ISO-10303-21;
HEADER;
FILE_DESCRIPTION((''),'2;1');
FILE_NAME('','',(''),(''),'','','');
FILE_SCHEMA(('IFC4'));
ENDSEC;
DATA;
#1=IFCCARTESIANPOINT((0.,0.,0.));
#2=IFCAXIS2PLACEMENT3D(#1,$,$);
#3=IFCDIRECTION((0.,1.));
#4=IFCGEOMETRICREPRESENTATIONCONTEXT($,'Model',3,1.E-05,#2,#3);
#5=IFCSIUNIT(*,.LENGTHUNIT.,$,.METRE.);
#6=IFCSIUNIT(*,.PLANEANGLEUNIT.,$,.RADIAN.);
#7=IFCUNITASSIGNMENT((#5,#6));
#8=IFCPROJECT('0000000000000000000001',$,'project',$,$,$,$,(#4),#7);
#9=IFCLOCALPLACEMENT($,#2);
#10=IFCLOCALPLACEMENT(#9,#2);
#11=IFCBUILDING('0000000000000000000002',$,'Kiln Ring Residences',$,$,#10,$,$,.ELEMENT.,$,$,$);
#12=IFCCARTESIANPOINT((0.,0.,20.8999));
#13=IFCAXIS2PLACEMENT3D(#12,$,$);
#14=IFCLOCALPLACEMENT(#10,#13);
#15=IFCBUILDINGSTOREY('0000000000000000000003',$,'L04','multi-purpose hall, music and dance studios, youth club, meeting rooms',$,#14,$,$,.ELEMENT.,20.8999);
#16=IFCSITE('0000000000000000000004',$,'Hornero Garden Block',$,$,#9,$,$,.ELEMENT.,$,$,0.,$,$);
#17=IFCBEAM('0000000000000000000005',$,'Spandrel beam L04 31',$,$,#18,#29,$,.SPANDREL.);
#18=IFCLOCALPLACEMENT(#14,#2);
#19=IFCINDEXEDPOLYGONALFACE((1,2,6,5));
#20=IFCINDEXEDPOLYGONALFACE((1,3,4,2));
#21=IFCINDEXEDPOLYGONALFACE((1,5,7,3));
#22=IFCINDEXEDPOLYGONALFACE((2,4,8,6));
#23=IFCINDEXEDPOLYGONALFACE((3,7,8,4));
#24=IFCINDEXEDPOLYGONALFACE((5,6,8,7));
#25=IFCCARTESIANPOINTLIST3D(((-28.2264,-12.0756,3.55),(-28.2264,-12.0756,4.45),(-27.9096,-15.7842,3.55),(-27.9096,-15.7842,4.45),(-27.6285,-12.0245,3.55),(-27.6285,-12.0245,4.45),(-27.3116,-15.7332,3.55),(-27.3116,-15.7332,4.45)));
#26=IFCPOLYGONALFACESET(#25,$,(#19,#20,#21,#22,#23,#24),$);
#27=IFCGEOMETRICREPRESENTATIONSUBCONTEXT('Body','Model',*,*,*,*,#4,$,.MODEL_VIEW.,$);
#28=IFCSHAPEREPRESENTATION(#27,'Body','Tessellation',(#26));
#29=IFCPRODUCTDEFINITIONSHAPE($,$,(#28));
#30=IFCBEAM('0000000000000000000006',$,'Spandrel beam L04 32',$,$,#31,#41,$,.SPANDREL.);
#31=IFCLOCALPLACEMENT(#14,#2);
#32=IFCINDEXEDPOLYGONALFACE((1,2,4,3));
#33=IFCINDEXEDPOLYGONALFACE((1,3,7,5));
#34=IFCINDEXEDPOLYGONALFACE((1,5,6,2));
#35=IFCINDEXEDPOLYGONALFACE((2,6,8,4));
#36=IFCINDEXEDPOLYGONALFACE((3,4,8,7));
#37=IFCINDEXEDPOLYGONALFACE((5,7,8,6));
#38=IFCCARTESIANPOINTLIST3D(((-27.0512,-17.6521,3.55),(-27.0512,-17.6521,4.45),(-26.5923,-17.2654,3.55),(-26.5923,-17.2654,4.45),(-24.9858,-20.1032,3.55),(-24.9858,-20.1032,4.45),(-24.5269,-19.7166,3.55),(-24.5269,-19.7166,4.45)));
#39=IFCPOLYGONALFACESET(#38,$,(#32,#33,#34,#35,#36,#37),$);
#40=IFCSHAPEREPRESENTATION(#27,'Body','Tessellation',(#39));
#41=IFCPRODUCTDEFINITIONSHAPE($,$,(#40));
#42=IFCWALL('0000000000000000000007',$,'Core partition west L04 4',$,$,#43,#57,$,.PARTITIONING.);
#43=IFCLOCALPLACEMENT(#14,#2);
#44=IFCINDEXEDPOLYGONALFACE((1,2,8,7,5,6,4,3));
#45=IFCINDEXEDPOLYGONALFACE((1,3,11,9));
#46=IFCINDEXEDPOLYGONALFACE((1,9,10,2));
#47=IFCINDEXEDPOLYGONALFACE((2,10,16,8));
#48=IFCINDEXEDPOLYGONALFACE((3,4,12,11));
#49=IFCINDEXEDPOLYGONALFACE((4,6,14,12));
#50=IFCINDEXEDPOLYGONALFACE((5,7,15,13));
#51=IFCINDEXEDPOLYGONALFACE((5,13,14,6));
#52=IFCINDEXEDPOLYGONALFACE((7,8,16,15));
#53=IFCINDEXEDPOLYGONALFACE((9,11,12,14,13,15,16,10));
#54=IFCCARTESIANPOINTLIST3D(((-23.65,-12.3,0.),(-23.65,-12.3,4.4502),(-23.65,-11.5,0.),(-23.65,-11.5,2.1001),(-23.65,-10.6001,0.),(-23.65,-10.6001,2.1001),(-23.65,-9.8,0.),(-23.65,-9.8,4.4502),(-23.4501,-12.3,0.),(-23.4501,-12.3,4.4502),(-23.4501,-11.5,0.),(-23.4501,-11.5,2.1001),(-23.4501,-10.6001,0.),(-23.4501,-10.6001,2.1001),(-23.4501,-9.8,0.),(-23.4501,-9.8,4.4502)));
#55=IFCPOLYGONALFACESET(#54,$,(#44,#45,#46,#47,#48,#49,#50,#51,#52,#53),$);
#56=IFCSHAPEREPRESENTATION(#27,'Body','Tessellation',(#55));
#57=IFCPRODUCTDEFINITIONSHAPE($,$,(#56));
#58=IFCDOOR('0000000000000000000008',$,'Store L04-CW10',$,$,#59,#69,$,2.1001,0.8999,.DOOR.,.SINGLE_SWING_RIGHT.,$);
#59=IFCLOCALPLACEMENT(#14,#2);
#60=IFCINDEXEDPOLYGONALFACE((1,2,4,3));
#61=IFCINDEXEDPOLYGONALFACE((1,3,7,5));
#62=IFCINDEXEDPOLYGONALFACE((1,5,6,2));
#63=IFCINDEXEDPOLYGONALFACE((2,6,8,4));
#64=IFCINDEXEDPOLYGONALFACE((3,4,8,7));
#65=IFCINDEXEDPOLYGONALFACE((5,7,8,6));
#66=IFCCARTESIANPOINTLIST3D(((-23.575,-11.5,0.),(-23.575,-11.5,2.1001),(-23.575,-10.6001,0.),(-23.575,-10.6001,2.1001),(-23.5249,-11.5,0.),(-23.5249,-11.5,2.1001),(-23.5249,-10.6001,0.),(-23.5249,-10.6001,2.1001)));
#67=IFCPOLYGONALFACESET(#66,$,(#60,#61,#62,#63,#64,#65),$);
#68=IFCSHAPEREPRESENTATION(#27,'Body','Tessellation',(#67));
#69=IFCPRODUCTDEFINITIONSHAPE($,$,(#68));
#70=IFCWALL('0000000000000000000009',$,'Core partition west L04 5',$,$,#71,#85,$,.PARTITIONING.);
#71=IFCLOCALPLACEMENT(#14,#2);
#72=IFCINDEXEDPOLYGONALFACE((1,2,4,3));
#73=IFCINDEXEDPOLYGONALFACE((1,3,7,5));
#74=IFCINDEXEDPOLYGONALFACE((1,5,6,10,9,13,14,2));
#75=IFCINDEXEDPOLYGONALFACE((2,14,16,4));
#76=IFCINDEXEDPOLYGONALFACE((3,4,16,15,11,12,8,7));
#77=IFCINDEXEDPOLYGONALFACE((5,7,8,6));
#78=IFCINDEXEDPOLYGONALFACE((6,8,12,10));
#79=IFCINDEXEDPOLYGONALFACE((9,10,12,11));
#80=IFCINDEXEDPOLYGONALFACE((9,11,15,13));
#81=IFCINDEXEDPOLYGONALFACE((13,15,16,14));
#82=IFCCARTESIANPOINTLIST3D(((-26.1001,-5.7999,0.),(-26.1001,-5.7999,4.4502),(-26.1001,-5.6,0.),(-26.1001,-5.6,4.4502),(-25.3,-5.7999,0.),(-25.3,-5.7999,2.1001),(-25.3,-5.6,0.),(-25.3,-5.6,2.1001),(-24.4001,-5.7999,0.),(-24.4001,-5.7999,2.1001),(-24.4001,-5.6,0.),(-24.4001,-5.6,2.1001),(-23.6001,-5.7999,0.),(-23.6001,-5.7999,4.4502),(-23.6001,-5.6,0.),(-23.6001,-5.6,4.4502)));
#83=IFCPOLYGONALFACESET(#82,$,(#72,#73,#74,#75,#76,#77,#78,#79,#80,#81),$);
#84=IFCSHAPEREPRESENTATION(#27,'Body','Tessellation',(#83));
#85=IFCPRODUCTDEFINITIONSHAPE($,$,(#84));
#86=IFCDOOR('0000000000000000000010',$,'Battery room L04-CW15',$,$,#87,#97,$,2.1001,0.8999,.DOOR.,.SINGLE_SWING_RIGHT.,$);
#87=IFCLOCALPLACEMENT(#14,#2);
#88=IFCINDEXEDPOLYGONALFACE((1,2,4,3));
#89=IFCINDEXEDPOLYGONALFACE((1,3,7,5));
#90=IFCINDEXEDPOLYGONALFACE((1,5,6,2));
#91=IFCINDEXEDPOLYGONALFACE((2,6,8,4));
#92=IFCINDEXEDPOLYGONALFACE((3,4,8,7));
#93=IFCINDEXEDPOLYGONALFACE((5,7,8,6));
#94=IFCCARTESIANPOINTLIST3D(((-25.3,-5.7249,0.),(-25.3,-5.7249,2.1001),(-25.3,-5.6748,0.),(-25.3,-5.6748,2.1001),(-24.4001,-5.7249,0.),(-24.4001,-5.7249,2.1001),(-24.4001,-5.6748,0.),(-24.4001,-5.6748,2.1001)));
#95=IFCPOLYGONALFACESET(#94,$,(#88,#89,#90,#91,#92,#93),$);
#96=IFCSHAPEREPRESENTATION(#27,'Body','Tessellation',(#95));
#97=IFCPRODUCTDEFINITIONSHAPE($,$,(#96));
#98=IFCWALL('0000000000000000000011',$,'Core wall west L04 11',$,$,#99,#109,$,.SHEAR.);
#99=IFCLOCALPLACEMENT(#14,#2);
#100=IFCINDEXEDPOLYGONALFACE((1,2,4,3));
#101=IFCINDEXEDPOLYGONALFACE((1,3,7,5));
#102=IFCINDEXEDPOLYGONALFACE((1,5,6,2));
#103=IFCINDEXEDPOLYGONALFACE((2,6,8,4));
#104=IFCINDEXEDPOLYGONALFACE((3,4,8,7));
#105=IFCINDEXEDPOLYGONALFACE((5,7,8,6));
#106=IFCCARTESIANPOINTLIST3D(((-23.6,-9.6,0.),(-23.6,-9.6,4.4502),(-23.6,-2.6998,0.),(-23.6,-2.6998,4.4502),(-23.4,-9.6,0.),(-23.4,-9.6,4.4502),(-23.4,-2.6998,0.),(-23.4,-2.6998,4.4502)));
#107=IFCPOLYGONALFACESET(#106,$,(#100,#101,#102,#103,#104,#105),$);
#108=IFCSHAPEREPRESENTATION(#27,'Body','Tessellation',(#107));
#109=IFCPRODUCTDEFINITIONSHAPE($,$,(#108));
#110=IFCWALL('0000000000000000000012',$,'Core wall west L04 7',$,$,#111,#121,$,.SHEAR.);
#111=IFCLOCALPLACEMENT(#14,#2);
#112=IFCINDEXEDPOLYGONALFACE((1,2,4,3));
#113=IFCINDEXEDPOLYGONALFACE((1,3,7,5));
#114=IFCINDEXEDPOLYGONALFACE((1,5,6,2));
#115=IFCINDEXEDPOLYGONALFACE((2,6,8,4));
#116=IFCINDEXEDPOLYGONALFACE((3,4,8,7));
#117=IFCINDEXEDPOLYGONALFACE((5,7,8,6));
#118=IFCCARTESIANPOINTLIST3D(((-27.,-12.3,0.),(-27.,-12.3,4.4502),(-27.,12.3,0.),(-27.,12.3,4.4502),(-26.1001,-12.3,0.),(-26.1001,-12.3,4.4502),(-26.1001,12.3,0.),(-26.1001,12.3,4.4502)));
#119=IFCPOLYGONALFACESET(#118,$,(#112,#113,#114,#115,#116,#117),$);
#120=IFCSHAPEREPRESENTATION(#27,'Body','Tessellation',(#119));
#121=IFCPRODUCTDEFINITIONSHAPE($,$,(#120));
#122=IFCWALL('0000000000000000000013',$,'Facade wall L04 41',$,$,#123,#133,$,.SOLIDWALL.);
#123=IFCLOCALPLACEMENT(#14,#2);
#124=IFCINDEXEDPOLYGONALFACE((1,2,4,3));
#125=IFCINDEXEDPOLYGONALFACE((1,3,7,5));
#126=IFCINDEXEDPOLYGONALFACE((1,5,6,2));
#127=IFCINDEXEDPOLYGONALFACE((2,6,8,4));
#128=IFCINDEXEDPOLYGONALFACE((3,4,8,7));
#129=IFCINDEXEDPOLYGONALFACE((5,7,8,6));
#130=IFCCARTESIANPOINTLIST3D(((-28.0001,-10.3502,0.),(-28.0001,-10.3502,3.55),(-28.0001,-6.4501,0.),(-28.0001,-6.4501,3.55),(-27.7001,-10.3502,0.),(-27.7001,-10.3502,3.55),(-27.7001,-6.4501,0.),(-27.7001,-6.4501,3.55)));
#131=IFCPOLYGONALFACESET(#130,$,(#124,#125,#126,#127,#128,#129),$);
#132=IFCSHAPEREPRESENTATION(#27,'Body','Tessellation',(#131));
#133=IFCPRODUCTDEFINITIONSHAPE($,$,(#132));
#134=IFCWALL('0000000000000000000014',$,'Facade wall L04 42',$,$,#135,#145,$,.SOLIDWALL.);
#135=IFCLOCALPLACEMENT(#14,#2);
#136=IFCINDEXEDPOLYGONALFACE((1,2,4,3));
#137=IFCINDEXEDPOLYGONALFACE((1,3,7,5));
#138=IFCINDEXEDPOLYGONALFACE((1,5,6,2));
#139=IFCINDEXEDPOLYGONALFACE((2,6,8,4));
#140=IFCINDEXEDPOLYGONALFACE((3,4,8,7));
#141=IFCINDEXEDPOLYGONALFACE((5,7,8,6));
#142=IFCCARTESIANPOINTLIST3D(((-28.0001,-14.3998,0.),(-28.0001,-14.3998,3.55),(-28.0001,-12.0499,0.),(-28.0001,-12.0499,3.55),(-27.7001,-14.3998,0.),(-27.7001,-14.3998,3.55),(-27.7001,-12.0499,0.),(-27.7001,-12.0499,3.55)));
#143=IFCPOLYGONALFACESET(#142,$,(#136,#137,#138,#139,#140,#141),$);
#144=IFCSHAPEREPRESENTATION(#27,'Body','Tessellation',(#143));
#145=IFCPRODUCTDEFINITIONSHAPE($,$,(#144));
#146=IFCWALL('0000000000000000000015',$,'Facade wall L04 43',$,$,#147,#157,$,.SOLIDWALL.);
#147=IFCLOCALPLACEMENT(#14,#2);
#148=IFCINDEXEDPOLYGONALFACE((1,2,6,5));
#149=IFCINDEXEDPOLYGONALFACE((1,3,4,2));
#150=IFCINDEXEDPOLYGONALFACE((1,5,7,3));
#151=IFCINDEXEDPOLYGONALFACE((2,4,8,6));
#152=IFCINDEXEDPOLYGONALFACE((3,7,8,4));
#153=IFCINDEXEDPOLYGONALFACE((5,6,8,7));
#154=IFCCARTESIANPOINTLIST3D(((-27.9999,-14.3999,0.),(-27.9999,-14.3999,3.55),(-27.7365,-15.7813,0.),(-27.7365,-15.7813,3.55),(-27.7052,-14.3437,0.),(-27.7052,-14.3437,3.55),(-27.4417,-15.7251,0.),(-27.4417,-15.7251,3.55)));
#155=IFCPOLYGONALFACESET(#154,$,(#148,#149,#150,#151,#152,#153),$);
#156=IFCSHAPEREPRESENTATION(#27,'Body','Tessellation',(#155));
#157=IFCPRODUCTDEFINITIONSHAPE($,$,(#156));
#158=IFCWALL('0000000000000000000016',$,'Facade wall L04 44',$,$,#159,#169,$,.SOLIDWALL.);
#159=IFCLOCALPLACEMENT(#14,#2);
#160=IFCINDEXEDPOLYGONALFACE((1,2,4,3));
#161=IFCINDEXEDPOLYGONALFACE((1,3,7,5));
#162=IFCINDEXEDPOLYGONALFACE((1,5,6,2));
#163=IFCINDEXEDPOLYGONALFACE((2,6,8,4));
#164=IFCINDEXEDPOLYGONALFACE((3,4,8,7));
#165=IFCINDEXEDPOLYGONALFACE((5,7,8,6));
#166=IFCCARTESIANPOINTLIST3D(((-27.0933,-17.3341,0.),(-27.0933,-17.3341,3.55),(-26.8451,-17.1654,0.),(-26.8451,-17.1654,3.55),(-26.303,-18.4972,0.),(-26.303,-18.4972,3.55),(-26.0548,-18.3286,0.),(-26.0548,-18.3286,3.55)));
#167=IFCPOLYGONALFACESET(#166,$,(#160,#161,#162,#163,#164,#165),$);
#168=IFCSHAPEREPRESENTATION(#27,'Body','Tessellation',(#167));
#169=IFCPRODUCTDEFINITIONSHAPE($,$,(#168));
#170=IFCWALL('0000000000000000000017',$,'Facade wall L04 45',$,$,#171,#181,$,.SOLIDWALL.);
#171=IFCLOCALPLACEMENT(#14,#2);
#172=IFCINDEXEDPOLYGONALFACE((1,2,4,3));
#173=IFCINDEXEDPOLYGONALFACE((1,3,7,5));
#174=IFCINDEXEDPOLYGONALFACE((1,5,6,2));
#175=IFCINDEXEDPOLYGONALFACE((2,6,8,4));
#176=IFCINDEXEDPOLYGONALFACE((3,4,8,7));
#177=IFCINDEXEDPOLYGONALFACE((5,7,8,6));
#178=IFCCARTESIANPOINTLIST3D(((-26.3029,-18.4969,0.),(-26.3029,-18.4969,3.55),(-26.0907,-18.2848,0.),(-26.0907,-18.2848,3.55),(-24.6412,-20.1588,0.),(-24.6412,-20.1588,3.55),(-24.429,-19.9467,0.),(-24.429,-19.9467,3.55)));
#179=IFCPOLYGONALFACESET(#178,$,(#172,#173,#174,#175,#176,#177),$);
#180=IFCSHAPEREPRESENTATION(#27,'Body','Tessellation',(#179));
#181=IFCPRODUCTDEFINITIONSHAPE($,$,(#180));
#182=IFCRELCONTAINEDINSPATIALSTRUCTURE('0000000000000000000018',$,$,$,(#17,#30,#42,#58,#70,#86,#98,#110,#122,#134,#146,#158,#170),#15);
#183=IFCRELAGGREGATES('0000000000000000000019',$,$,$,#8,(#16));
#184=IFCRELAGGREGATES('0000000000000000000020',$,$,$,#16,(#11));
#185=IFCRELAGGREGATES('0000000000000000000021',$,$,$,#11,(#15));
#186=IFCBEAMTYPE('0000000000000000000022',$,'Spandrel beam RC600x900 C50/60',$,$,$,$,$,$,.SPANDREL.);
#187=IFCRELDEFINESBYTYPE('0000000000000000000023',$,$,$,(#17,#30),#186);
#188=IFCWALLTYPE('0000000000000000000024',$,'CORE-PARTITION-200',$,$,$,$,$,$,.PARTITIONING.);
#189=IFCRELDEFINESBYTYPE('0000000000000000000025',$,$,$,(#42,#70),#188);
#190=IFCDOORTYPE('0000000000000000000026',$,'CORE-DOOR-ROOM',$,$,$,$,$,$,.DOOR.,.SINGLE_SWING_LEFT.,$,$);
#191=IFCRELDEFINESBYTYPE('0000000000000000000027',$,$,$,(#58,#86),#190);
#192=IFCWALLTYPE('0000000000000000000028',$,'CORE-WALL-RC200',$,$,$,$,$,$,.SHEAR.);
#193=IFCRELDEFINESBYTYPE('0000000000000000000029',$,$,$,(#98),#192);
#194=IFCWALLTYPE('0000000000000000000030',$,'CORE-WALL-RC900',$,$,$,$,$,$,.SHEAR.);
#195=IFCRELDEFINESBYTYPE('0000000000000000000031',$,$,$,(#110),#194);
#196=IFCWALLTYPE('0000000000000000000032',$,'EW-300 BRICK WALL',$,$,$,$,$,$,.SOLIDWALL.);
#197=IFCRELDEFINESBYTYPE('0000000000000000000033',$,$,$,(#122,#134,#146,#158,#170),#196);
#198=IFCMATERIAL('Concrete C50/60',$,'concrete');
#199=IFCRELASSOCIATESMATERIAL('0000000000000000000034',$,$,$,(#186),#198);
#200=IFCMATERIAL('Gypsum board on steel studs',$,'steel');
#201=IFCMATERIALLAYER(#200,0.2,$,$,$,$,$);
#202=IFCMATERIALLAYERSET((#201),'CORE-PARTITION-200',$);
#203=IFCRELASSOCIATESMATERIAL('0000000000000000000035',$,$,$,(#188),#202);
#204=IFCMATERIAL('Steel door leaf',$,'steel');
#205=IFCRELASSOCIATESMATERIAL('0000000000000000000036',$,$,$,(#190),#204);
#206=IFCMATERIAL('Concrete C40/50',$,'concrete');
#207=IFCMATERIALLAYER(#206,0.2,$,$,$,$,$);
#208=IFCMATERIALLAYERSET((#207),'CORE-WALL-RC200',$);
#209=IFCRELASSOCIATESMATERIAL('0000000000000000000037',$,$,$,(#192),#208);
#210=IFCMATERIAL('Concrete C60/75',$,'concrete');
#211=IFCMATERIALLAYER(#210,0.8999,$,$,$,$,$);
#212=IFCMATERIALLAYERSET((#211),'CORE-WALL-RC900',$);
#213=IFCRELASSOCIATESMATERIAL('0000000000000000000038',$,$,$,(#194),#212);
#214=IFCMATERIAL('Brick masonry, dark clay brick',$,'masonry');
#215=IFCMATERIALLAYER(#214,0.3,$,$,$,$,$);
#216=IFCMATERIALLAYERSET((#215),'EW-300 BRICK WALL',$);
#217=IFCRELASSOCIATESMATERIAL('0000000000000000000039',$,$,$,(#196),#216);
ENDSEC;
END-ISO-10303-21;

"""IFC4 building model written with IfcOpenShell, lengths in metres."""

from ifc_helpers import new_model, si_unit, direction, frame, frame_2d, origin, origin_2d, place, context, subcontext, project, spatial, rectangle, extrude, material, layer, layer_set, material_profile, profile_set, type_object, element, fill, save


model = new_model("IFC4")

# Units and contexts
model_context = context("Model", 3, precision=1e-05, world=origin(), true_north=direction((0.0, 1.0)))
body_context = subcontext(model_context, "Body", "Model", "MODEL_VIEW")
ifc_project = project(units=[si_unit("LENGTHUNIT", "METRE"), si_unit("PLANEANGLEUNIT", "RADIAN")], contexts=[model_context])

# Site, building, storey
site_placement = place(None, origin())
site = spatial("IfcSite", under=ifc_project, at=site_placement, Name="Hornero Garden Block", CompositionType="ELEMENT", RefElevation=0.0)
building_placement = place(site_placement, origin())
building = spatial("IfcBuilding", under=site, at=building_placement, Name="Kiln Ring Residences", CompositionType="ELEMENT")
storey_placement = place(building_placement, frame((0.0, 0.0, 20.8999)))
storey = spatial("IfcBuildingStorey", under=building, at=storey_placement, Name="L04", Description="multi-purpose hall, music and dance studios, youth club, meeting rooms", CompositionType="ELEMENT", Elevation=20.8999)

# Beams
ifc_material_1 = material(Name="Concrete C50/60", Category="concrete")
ifc_material_profile_1 = material_profile(ifc_material_1, rectangle(XDim=0.6001, YDim=0.8999, at=origin_2d()), Name="RC600x900")
ifc_profile_set_1 = profile_set([ifc_material_profile_1], Name="Concrete C50/60")
beam_type = type_object("IfcBeamType", Name="Spandrel beam RC600x900 C50/60", PredefinedType="SPANDREL", material=ifc_profile_set_1)
beam_1_placement = place(storey_placement, frame((-27.9275, -12.05, 4.0), z_axis=(0.085135, -0.996369, 0.0), x_axis=(0.996369, 0.085135, 0.0)))
element("IfcBeam", 1, at=beam_1_placement, inside=storey, type_object=beam_type, Name="Spandrel beam L04 31", PredefinedType="SPANDREL", context=body_context, shape_type="SweptSolid", body=[
    extrude(rectangle(XDim=0.6001, YDim=0.8999, at=origin_2d()), origin(), (0.0, 0.0, 1.0), 3.7222),
])
beam_2_placement = place(storey_placement, frame((-26.8218, -17.4587, 4.0), z_axis=(0.64437, -0.764714, 0.0), x_axis=(0.764714, 0.64437, 0.0)))
element("IfcBeam", 2, at=beam_2_placement, inside=storey, type_object=beam_type, Name="Spandrel beam L04 32", PredefinedType="SPANDREL", context=body_context, shape_type="SweptSolid", body=[
    extrude(rectangle(XDim=0.6001, YDim=0.8999, at=origin_2d()), origin(), (0.0, 0.0, 1.0), 3.2053),
])

# Walls, openings, doors
ifc_material_2 = material(Name="Gypsum board on steel studs", Category="steel")
ifc_layer_1 = layer(ifc_material_2, 0.2)
ifc_layer_set_1 = layer_set([ifc_layer_1], Name="CORE-PARTITION-200")
wall_type_1 = type_object("IfcWallType", Name="CORE-PARTITION-200", PredefinedType="PARTITIONING", material=ifc_layer_set_1)
wall_1_placement = place(storey_placement, frame((-23.55, -12.3, 0.0), z_axis=(0.0, 0.0, 1.0), x_axis=(0.0, 1.0, 0.0)))
wall_1 = element("IfcWall", 3, at=wall_1_placement, inside=storey, type_object=wall_type_1, Name="Core partition west L04 4", PredefinedType="PARTITIONING", context=body_context, shape_type="SweptSolid", body=[
    extrude(rectangle(XDim=2.5, YDim=0.2, at=frame_2d((1.25, 0.0))), origin(), (0.0, 0.0, 1.0), 4.4502),
])
opening_1_placement = place(wall_1_placement, frame((0.8, 0.0, 0.0)))
opening_1 = element("IfcOpeningElement", 4, at=opening_1_placement, cuts=wall_1, PredefinedType="OPENING", context=body_context, shape_type="SweptSolid", body=[
    extrude(rectangle(XDim=0.8999, YDim=2.1001, at=frame_2d((0.45, 1.05))), frame((0.0, 0.1099, 0.0), z_axis=(0.0, -1.0, 0.0), x_axis=(1.0, 0.0, 0.0)), (0.0, 0.0, 1.0), 0.22),
])
ifc_material_3 = material(Name="Steel door leaf", Category="steel")
door_type = type_object("IfcDoorType", Name="CORE-DOOR-ROOM", OperationType="SINGLE_SWING_LEFT", PredefinedType="DOOR", material=ifc_material_3)
door_1_placement = place(opening_1_placement, origin())
door_1 = element("IfcDoor", 5, at=door_1_placement, inside=storey, type_object=door_type, Name="Store L04-CW10", OperationType="SINGLE_SWING_RIGHT", OverallHeight=2.1001, OverallWidth=0.8999, PredefinedType="DOOR", context=body_context, shape_type="SweptSolid", body=[
    extrude(rectangle(XDim=0.8999, YDim=2.1001, at=frame_2d((0.45, 1.05))), frame((0.0, 0.0249, 0.0), z_axis=(0.0, -1.0, 0.0), x_axis=(1.0, 0.0, 0.0)), (0.0, 0.0, 1.0), 0.05),
])
fill(opening_1, door_1)
wall_2_placement = place(storey_placement, frame((-23.6001, -5.7, 0.0), z_axis=(0.0, 0.0, 1.0), x_axis=(-1.0, 0.0, 0.0)))
wall_2 = element("IfcWall", 6, at=wall_2_placement, inside=storey, type_object=wall_type_1, Name="Core partition west L04 5", PredefinedType="PARTITIONING", context=body_context, shape_type="SweptSolid", body=[
    extrude(rectangle(XDim=2.5, YDim=0.2, at=frame_2d((1.25, 0.0))), origin(), (0.0, 0.0, 1.0), 4.4502),
])
opening_2_placement = place(wall_2_placement, frame((0.8, 0.0, 0.0)))
opening_2 = element("IfcOpeningElement", 7, at=opening_2_placement, cuts=wall_2, PredefinedType="OPENING", context=body_context, shape_type="SweptSolid", body=[
    extrude(rectangle(XDim=0.8999, YDim=2.1001, at=frame_2d((0.45, 1.05))), frame((0.0, 0.1099, 0.0), z_axis=(0.0, -1.0, 0.0), x_axis=(1.0, 0.0, 0.0)), (0.0, 0.0, 1.0), 0.22),
])
door_2_placement = place(opening_2_placement, origin())
door_2 = element("IfcDoor", 8, at=door_2_placement, inside=storey, type_object=door_type, Name="Battery room L04-CW15", OperationType="SINGLE_SWING_RIGHT", OverallHeight=2.1001, OverallWidth=0.8999, PredefinedType="DOOR", context=body_context, shape_type="SweptSolid", body=[
    extrude(rectangle(XDim=0.8999, YDim=2.1001, at=frame_2d((0.45, 1.05))), frame((0.0, 0.0249, 0.0), z_axis=(0.0, -1.0, 0.0), x_axis=(1.0, 0.0, 0.0)), (0.0, 0.0, 1.0), 0.05),
])
fill(opening_2, door_2)

# Walls
ifc_material_4 = material(Name="Concrete C40/50", Category="concrete")
ifc_layer_2 = layer(ifc_material_4, 0.2)
ifc_layer_set_2 = layer_set([ifc_layer_2], Name="CORE-WALL-RC200")
wall_type_2 = type_object("IfcWallType", Name="CORE-WALL-RC200", PredefinedType="SHEAR", material=ifc_layer_set_2)
wall_3_placement = place(storey_placement, frame((-23.5, -9.6001, 0.0), z_axis=(0.0, 0.0, 1.0), x_axis=(0.0, 1.0, 0.0)))
element("IfcWall", 9, at=wall_3_placement, inside=storey, type_object=wall_type_2, Name="Core wall west L04 11", PredefinedType="SHEAR", context=body_context, shape_type="SweptSolid", body=[
    extrude(rectangle(XDim=6.9001, YDim=0.2, at=frame_2d((3.4502, 0.0))), origin(), (0.0, 0.0, 1.0), 4.4502),
])
ifc_material_5 = material(Name="Concrete C60/75", Category="concrete")
ifc_layer_3 = layer(ifc_material_5, 0.8999)
ifc_layer_set_3 = layer_set([ifc_layer_3], Name="CORE-WALL-RC900")
wall_type_3 = type_object("IfcWallType", Name="CORE-WALL-RC900", PredefinedType="SHEAR", material=ifc_layer_set_3)
wall_4_placement = place(storey_placement, frame((-26.55, -12.3, 0.0), z_axis=(0.0, 0.0, 1.0), x_axis=(0.0, 1.0, 0.0)))
element("IfcWall", 10, at=wall_4_placement, inside=storey, type_object=wall_type_3, Name="Core wall west L04 7", PredefinedType="SHEAR", context=body_context, shape_type="SweptSolid", body=[
    extrude(rectangle(XDim=24.6001, YDim=0.8999, at=frame_2d((12.3, 0.0))), origin(), (0.0, 0.0, 1.0), 4.4502),
])
ifc_material_6 = material(Name="Brick masonry, dark clay brick", Category="masonry")
ifc_layer_4 = layer(ifc_material_6, 0.3)
ifc_layer_set_4 = layer_set([ifc_layer_4], Name="EW-300 BRICK WALL")
wall_type_4 = type_object("IfcWallType", Name="EW-300 BRICK WALL", PredefinedType="SOLIDWALL", material=ifc_layer_set_4)
wall_5_placement = place(storey_placement, frame((-27.8501, -6.45, 0.0), z_axis=(0.0, 0.0, 1.0), x_axis=(0.0, -1.0, 0.0)))
element("IfcWall", 11, at=wall_5_placement, inside=storey, type_object=wall_type_4, Name="Facade wall L04 41", PredefinedType="SOLIDWALL", context=body_context, shape_type="SweptSolid", body=[
    extrude(rectangle(XDim=3.9001, YDim=0.3, at=frame_2d((1.9502, 0.0))), origin(), (0.0, 0.0, 1.0), 3.55),
])
wall_6_placement = place(storey_placement, frame((-27.8501, -12.05, 0.0), z_axis=(0.0, 0.0, 1.0), x_axis=(0.0, -1.0, 0.0)))
element("IfcWall", 12, at=wall_6_placement, inside=storey, type_object=wall_type_4, Name="Facade wall L04 42", PredefinedType="SOLIDWALL", context=body_context, shape_type="SweptSolid", body=[
    extrude(rectangle(XDim=2.3499, YDim=0.3, at=frame_2d((1.1748, 0.0))), origin(), (0.0, 0.0, 1.0), 3.55),
])
for number, where, z_axis, x_axis, name in (
    (13, (-27.8525, -14.3718, 0.0), (0.0, 0.0, 1.0), (0.187328, -0.982298, 0.0), "Facade wall L04 43"),
    (14, (-26.9692, -17.2498, 0.0), (0.0, 0.0, 1.0), (0.562011, -0.82713, 0.0), "Facade wall L04 44"),
):
    element("IfcWall", number, at=place(storey_placement, frame(where, z_axis=z_axis, x_axis=x_axis)), inside=storey, type_object=wall_type_4, Name=name, PredefinedType="SOLIDWALL", context=body_context, shape_type="SweptSolid", body=[
        extrude(rectangle(XDim=1.4062, YDim=0.3, at=frame_2d((0.7031, 0.0))), origin(), (0.0, 0.0, 1.0), 3.55),
    ])
wall_7_placement = place(storey_placement, frame((-26.1968, -18.3909, 0.0), z_axis=(0.0, 0.0, 1.0), x_axis=(0.707055, -0.707159, 0.0)))
element("IfcWall", 15, at=wall_7_placement, inside=storey, type_object=wall_type_4, Name="Facade wall L04 45", PredefinedType="SOLIDWALL", context=body_context, shape_type="SweptSolid", body=[
    extrude(rectangle(XDim=2.3501, YDim=0.3, at=frame_2d((1.175, 0.0))), origin(), (0.0, 0.0, 1.0), 3.55),
])

save(model, "model.ifc")
